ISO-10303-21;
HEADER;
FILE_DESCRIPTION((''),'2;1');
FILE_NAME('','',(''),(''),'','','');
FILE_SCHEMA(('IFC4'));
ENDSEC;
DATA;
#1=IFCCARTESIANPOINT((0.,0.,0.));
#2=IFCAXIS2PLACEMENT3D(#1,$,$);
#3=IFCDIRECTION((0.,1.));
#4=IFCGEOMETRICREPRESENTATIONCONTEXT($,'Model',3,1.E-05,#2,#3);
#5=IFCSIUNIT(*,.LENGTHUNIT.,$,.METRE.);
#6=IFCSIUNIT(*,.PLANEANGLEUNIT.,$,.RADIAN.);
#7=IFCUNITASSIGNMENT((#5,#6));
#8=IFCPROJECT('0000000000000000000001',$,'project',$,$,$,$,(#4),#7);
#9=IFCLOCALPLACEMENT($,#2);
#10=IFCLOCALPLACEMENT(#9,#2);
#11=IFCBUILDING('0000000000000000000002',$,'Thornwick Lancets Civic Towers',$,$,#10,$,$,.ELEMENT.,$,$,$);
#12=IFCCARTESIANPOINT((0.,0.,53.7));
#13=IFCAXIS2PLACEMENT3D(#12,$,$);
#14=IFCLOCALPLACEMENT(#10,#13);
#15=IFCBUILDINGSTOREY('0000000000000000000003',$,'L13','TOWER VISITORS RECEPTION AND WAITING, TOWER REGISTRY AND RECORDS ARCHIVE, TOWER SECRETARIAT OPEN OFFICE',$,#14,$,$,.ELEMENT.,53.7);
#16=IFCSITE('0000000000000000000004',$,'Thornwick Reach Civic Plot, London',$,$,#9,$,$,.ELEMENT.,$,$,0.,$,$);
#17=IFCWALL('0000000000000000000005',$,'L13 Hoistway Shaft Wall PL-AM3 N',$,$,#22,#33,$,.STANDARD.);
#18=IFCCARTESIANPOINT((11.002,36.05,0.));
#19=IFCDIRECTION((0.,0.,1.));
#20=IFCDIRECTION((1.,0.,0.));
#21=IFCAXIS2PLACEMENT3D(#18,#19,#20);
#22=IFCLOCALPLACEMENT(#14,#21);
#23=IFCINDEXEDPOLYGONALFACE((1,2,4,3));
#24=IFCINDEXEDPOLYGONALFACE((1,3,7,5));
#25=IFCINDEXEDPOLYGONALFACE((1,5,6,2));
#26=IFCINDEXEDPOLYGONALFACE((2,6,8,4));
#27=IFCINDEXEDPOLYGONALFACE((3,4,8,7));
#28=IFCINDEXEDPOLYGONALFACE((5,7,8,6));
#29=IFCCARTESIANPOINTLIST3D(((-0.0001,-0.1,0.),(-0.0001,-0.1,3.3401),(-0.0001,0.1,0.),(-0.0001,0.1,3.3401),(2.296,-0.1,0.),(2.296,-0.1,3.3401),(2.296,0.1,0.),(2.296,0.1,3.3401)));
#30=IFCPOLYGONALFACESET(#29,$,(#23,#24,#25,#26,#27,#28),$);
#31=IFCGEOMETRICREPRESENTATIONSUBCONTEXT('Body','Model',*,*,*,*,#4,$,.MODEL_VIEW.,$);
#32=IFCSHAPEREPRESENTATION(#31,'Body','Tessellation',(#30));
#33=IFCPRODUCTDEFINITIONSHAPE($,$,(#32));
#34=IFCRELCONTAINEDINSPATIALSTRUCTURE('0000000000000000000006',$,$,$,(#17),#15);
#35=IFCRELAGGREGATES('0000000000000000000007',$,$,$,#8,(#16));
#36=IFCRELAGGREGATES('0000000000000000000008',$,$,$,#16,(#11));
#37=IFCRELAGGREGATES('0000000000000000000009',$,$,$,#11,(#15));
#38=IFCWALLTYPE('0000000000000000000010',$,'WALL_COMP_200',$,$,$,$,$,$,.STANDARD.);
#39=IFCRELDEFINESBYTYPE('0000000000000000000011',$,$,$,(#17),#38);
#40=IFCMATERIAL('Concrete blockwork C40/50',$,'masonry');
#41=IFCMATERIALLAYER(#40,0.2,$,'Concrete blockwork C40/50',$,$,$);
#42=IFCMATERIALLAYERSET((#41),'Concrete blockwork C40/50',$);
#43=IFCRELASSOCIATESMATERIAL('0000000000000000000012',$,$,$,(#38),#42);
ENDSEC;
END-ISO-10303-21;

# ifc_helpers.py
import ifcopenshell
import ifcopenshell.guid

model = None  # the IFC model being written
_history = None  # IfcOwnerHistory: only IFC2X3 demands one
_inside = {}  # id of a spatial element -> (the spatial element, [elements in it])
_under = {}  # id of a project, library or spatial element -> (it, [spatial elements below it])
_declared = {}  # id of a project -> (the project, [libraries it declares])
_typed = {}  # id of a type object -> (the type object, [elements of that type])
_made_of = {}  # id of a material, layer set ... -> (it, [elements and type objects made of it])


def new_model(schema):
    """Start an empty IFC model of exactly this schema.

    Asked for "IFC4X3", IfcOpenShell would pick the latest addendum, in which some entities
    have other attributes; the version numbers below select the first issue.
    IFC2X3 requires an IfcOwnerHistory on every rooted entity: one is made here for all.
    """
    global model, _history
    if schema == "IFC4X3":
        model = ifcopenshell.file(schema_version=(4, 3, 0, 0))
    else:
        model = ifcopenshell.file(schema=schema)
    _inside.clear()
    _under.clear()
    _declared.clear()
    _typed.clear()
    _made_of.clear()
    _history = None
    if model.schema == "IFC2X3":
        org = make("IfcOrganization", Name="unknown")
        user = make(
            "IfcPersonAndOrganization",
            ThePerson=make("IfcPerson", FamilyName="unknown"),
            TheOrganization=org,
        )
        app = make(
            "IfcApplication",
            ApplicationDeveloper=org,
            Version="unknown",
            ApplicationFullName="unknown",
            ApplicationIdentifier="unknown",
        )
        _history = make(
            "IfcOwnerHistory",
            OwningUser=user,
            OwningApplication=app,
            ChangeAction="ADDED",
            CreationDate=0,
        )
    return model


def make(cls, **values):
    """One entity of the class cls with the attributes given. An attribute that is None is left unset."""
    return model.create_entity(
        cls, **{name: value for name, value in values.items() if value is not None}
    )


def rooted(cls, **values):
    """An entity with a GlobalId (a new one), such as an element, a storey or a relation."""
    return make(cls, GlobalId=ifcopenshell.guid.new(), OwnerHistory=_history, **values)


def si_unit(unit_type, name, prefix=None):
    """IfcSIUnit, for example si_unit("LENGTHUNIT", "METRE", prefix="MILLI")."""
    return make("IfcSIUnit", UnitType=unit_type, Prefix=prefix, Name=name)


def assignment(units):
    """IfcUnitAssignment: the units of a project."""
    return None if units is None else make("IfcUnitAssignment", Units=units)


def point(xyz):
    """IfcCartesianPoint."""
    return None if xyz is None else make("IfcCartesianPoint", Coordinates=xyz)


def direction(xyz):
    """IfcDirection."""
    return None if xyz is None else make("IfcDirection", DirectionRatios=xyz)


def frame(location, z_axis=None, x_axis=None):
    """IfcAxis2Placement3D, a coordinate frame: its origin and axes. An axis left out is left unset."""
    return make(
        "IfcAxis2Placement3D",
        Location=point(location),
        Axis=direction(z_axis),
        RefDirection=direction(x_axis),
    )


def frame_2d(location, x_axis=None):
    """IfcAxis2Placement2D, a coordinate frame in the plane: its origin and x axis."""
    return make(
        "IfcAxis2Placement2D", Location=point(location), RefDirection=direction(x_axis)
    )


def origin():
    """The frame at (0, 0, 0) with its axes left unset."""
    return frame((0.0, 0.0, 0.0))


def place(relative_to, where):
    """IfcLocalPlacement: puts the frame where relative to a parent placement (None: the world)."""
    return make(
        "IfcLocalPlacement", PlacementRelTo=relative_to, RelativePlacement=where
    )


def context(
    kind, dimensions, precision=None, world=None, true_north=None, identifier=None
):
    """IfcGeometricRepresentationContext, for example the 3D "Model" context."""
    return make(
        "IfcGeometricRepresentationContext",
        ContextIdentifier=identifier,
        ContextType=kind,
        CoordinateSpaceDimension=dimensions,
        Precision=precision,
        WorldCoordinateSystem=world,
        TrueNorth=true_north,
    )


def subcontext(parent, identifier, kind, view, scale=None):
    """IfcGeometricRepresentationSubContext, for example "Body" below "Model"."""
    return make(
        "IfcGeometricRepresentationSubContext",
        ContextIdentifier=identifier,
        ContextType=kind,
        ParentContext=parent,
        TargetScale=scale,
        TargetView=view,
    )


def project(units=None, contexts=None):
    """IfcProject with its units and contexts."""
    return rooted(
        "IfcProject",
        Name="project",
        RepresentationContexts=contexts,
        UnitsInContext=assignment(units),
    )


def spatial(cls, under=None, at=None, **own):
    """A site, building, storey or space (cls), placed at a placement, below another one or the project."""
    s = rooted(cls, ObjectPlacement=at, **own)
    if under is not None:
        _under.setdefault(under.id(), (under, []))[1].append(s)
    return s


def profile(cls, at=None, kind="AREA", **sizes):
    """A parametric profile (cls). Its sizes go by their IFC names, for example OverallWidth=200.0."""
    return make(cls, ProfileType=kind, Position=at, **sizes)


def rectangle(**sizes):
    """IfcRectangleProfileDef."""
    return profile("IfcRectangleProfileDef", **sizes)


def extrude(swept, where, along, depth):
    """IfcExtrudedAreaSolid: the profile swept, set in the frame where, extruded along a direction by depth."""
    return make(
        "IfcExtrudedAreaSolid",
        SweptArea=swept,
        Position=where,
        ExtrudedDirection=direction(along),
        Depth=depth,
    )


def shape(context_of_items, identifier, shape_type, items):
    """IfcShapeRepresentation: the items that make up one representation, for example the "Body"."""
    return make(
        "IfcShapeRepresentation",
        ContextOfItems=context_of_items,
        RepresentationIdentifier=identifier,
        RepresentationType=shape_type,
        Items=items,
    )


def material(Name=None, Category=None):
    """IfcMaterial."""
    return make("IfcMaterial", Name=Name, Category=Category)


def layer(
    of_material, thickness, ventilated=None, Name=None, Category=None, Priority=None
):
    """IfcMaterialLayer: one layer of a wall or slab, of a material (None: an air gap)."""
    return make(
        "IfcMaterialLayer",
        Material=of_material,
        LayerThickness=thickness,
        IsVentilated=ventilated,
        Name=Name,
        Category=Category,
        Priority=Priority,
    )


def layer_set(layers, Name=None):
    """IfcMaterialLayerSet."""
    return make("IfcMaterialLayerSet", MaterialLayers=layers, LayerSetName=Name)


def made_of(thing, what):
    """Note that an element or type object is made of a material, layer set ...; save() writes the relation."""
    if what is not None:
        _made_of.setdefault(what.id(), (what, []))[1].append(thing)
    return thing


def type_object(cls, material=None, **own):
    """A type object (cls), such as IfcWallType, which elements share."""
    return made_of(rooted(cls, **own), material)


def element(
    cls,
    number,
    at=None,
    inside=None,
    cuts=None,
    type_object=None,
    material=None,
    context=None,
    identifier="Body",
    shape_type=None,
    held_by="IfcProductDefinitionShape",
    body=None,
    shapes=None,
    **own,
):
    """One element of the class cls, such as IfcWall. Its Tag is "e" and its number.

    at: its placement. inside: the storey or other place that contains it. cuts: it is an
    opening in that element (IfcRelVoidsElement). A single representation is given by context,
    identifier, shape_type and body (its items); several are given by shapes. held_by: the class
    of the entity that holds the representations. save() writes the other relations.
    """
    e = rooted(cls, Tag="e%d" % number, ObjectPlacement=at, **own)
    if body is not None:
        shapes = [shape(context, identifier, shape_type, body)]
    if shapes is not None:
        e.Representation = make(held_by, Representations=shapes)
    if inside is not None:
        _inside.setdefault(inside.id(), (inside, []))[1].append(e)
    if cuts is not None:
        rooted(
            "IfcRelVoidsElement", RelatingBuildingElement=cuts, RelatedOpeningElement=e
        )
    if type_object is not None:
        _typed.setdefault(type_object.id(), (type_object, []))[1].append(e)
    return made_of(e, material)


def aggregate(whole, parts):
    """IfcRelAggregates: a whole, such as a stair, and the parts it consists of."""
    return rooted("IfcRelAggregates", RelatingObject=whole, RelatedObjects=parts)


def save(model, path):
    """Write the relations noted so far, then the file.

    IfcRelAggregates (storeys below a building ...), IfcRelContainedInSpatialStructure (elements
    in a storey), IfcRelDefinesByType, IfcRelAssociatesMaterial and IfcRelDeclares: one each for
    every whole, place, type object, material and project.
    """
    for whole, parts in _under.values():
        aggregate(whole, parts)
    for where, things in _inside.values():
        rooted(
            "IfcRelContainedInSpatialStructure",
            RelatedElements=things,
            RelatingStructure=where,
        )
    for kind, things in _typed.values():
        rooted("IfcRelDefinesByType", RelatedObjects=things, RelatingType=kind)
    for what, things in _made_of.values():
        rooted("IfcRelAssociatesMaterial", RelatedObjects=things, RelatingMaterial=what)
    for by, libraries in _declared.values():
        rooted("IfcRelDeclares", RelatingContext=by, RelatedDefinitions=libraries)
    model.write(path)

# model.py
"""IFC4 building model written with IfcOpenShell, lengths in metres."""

from ifc_helpers import new_model, si_unit, direction, frame, frame_2d, origin, place, context, subcontext, project, spatial, rectangle, extrude, material, layer, layer_set, type_object, element, save


model = new_model("IFC4")

# Units and contexts
model_context = context("Model", 3, precision=1e-05, world=origin(), true_north=direction((0.0, 1.0)))
body_context = subcontext(model_context, "Body", "Model", "MODEL_VIEW")
ifc_project = project(units=[si_unit("LENGTHUNIT", "METRE"), si_unit("PLANEANGLEUNIT", "RADIAN")], contexts=[model_context])

# Site, building, storey
site_placement = place(None, origin())
site = spatial("IfcSite", under=ifc_project, at=site_placement, Name="Thornwick Reach Civic Plot, London", CompositionType="ELEMENT", RefElevation=0.0)
building_placement = place(site_placement, origin())
building = spatial("IfcBuilding", under=site, at=building_placement, Name="Thornwick Lancets Civic Towers", CompositionType="ELEMENT")
storey_placement = place(building_placement, frame((0.0, 0.0, 53.7)))
storey = spatial("IfcBuildingStorey", under=building, at=storey_placement, Name="L13", Description="TOWER VISITORS RECEPTION AND WAITING, TOWER REGISTRY AND RECORDS ARCHIVE, TOWER SECRETARIAT OPEN OFFICE", CompositionType="ELEMENT", Elevation=53.7)

# Wall
ifc_material_1 = material(Name="Concrete blockwork C40/50", Category="masonry")
ifc_layer_1 = layer(ifc_material_1, 0.2, Name="Concrete blockwork C40/50")
ifc_layer_set_1 = layer_set([ifc_layer_1], Name="Concrete blockwork C40/50")
wall_type_1 = type_object("IfcWallType", Name="WALL_COMP_200", PredefinedType="STANDARD", material=ifc_layer_set_1)
wall_1_placement = place(storey_placement, frame((11.002, 36.05, 0.0), z_axis=(0.0, 0.0, 1.0), x_axis=(1.0, 0.0, 0.0)))
element("IfcWall", 1, at=wall_1_placement, inside=storey, type_object=wall_type_1, Name="L13 Hoistway Shaft Wall PL-AM3 N", PredefinedType="STANDARD", context=body_context, shape_type="SweptSolid", body=[
    extrude(rectangle(XDim=2.2961, YDim=0.2, at=frame_2d((1.1479, 0.0))), origin(), (0.0, 0.0, 1.0), 3.3401),
])

save(model, "model.ifc")
